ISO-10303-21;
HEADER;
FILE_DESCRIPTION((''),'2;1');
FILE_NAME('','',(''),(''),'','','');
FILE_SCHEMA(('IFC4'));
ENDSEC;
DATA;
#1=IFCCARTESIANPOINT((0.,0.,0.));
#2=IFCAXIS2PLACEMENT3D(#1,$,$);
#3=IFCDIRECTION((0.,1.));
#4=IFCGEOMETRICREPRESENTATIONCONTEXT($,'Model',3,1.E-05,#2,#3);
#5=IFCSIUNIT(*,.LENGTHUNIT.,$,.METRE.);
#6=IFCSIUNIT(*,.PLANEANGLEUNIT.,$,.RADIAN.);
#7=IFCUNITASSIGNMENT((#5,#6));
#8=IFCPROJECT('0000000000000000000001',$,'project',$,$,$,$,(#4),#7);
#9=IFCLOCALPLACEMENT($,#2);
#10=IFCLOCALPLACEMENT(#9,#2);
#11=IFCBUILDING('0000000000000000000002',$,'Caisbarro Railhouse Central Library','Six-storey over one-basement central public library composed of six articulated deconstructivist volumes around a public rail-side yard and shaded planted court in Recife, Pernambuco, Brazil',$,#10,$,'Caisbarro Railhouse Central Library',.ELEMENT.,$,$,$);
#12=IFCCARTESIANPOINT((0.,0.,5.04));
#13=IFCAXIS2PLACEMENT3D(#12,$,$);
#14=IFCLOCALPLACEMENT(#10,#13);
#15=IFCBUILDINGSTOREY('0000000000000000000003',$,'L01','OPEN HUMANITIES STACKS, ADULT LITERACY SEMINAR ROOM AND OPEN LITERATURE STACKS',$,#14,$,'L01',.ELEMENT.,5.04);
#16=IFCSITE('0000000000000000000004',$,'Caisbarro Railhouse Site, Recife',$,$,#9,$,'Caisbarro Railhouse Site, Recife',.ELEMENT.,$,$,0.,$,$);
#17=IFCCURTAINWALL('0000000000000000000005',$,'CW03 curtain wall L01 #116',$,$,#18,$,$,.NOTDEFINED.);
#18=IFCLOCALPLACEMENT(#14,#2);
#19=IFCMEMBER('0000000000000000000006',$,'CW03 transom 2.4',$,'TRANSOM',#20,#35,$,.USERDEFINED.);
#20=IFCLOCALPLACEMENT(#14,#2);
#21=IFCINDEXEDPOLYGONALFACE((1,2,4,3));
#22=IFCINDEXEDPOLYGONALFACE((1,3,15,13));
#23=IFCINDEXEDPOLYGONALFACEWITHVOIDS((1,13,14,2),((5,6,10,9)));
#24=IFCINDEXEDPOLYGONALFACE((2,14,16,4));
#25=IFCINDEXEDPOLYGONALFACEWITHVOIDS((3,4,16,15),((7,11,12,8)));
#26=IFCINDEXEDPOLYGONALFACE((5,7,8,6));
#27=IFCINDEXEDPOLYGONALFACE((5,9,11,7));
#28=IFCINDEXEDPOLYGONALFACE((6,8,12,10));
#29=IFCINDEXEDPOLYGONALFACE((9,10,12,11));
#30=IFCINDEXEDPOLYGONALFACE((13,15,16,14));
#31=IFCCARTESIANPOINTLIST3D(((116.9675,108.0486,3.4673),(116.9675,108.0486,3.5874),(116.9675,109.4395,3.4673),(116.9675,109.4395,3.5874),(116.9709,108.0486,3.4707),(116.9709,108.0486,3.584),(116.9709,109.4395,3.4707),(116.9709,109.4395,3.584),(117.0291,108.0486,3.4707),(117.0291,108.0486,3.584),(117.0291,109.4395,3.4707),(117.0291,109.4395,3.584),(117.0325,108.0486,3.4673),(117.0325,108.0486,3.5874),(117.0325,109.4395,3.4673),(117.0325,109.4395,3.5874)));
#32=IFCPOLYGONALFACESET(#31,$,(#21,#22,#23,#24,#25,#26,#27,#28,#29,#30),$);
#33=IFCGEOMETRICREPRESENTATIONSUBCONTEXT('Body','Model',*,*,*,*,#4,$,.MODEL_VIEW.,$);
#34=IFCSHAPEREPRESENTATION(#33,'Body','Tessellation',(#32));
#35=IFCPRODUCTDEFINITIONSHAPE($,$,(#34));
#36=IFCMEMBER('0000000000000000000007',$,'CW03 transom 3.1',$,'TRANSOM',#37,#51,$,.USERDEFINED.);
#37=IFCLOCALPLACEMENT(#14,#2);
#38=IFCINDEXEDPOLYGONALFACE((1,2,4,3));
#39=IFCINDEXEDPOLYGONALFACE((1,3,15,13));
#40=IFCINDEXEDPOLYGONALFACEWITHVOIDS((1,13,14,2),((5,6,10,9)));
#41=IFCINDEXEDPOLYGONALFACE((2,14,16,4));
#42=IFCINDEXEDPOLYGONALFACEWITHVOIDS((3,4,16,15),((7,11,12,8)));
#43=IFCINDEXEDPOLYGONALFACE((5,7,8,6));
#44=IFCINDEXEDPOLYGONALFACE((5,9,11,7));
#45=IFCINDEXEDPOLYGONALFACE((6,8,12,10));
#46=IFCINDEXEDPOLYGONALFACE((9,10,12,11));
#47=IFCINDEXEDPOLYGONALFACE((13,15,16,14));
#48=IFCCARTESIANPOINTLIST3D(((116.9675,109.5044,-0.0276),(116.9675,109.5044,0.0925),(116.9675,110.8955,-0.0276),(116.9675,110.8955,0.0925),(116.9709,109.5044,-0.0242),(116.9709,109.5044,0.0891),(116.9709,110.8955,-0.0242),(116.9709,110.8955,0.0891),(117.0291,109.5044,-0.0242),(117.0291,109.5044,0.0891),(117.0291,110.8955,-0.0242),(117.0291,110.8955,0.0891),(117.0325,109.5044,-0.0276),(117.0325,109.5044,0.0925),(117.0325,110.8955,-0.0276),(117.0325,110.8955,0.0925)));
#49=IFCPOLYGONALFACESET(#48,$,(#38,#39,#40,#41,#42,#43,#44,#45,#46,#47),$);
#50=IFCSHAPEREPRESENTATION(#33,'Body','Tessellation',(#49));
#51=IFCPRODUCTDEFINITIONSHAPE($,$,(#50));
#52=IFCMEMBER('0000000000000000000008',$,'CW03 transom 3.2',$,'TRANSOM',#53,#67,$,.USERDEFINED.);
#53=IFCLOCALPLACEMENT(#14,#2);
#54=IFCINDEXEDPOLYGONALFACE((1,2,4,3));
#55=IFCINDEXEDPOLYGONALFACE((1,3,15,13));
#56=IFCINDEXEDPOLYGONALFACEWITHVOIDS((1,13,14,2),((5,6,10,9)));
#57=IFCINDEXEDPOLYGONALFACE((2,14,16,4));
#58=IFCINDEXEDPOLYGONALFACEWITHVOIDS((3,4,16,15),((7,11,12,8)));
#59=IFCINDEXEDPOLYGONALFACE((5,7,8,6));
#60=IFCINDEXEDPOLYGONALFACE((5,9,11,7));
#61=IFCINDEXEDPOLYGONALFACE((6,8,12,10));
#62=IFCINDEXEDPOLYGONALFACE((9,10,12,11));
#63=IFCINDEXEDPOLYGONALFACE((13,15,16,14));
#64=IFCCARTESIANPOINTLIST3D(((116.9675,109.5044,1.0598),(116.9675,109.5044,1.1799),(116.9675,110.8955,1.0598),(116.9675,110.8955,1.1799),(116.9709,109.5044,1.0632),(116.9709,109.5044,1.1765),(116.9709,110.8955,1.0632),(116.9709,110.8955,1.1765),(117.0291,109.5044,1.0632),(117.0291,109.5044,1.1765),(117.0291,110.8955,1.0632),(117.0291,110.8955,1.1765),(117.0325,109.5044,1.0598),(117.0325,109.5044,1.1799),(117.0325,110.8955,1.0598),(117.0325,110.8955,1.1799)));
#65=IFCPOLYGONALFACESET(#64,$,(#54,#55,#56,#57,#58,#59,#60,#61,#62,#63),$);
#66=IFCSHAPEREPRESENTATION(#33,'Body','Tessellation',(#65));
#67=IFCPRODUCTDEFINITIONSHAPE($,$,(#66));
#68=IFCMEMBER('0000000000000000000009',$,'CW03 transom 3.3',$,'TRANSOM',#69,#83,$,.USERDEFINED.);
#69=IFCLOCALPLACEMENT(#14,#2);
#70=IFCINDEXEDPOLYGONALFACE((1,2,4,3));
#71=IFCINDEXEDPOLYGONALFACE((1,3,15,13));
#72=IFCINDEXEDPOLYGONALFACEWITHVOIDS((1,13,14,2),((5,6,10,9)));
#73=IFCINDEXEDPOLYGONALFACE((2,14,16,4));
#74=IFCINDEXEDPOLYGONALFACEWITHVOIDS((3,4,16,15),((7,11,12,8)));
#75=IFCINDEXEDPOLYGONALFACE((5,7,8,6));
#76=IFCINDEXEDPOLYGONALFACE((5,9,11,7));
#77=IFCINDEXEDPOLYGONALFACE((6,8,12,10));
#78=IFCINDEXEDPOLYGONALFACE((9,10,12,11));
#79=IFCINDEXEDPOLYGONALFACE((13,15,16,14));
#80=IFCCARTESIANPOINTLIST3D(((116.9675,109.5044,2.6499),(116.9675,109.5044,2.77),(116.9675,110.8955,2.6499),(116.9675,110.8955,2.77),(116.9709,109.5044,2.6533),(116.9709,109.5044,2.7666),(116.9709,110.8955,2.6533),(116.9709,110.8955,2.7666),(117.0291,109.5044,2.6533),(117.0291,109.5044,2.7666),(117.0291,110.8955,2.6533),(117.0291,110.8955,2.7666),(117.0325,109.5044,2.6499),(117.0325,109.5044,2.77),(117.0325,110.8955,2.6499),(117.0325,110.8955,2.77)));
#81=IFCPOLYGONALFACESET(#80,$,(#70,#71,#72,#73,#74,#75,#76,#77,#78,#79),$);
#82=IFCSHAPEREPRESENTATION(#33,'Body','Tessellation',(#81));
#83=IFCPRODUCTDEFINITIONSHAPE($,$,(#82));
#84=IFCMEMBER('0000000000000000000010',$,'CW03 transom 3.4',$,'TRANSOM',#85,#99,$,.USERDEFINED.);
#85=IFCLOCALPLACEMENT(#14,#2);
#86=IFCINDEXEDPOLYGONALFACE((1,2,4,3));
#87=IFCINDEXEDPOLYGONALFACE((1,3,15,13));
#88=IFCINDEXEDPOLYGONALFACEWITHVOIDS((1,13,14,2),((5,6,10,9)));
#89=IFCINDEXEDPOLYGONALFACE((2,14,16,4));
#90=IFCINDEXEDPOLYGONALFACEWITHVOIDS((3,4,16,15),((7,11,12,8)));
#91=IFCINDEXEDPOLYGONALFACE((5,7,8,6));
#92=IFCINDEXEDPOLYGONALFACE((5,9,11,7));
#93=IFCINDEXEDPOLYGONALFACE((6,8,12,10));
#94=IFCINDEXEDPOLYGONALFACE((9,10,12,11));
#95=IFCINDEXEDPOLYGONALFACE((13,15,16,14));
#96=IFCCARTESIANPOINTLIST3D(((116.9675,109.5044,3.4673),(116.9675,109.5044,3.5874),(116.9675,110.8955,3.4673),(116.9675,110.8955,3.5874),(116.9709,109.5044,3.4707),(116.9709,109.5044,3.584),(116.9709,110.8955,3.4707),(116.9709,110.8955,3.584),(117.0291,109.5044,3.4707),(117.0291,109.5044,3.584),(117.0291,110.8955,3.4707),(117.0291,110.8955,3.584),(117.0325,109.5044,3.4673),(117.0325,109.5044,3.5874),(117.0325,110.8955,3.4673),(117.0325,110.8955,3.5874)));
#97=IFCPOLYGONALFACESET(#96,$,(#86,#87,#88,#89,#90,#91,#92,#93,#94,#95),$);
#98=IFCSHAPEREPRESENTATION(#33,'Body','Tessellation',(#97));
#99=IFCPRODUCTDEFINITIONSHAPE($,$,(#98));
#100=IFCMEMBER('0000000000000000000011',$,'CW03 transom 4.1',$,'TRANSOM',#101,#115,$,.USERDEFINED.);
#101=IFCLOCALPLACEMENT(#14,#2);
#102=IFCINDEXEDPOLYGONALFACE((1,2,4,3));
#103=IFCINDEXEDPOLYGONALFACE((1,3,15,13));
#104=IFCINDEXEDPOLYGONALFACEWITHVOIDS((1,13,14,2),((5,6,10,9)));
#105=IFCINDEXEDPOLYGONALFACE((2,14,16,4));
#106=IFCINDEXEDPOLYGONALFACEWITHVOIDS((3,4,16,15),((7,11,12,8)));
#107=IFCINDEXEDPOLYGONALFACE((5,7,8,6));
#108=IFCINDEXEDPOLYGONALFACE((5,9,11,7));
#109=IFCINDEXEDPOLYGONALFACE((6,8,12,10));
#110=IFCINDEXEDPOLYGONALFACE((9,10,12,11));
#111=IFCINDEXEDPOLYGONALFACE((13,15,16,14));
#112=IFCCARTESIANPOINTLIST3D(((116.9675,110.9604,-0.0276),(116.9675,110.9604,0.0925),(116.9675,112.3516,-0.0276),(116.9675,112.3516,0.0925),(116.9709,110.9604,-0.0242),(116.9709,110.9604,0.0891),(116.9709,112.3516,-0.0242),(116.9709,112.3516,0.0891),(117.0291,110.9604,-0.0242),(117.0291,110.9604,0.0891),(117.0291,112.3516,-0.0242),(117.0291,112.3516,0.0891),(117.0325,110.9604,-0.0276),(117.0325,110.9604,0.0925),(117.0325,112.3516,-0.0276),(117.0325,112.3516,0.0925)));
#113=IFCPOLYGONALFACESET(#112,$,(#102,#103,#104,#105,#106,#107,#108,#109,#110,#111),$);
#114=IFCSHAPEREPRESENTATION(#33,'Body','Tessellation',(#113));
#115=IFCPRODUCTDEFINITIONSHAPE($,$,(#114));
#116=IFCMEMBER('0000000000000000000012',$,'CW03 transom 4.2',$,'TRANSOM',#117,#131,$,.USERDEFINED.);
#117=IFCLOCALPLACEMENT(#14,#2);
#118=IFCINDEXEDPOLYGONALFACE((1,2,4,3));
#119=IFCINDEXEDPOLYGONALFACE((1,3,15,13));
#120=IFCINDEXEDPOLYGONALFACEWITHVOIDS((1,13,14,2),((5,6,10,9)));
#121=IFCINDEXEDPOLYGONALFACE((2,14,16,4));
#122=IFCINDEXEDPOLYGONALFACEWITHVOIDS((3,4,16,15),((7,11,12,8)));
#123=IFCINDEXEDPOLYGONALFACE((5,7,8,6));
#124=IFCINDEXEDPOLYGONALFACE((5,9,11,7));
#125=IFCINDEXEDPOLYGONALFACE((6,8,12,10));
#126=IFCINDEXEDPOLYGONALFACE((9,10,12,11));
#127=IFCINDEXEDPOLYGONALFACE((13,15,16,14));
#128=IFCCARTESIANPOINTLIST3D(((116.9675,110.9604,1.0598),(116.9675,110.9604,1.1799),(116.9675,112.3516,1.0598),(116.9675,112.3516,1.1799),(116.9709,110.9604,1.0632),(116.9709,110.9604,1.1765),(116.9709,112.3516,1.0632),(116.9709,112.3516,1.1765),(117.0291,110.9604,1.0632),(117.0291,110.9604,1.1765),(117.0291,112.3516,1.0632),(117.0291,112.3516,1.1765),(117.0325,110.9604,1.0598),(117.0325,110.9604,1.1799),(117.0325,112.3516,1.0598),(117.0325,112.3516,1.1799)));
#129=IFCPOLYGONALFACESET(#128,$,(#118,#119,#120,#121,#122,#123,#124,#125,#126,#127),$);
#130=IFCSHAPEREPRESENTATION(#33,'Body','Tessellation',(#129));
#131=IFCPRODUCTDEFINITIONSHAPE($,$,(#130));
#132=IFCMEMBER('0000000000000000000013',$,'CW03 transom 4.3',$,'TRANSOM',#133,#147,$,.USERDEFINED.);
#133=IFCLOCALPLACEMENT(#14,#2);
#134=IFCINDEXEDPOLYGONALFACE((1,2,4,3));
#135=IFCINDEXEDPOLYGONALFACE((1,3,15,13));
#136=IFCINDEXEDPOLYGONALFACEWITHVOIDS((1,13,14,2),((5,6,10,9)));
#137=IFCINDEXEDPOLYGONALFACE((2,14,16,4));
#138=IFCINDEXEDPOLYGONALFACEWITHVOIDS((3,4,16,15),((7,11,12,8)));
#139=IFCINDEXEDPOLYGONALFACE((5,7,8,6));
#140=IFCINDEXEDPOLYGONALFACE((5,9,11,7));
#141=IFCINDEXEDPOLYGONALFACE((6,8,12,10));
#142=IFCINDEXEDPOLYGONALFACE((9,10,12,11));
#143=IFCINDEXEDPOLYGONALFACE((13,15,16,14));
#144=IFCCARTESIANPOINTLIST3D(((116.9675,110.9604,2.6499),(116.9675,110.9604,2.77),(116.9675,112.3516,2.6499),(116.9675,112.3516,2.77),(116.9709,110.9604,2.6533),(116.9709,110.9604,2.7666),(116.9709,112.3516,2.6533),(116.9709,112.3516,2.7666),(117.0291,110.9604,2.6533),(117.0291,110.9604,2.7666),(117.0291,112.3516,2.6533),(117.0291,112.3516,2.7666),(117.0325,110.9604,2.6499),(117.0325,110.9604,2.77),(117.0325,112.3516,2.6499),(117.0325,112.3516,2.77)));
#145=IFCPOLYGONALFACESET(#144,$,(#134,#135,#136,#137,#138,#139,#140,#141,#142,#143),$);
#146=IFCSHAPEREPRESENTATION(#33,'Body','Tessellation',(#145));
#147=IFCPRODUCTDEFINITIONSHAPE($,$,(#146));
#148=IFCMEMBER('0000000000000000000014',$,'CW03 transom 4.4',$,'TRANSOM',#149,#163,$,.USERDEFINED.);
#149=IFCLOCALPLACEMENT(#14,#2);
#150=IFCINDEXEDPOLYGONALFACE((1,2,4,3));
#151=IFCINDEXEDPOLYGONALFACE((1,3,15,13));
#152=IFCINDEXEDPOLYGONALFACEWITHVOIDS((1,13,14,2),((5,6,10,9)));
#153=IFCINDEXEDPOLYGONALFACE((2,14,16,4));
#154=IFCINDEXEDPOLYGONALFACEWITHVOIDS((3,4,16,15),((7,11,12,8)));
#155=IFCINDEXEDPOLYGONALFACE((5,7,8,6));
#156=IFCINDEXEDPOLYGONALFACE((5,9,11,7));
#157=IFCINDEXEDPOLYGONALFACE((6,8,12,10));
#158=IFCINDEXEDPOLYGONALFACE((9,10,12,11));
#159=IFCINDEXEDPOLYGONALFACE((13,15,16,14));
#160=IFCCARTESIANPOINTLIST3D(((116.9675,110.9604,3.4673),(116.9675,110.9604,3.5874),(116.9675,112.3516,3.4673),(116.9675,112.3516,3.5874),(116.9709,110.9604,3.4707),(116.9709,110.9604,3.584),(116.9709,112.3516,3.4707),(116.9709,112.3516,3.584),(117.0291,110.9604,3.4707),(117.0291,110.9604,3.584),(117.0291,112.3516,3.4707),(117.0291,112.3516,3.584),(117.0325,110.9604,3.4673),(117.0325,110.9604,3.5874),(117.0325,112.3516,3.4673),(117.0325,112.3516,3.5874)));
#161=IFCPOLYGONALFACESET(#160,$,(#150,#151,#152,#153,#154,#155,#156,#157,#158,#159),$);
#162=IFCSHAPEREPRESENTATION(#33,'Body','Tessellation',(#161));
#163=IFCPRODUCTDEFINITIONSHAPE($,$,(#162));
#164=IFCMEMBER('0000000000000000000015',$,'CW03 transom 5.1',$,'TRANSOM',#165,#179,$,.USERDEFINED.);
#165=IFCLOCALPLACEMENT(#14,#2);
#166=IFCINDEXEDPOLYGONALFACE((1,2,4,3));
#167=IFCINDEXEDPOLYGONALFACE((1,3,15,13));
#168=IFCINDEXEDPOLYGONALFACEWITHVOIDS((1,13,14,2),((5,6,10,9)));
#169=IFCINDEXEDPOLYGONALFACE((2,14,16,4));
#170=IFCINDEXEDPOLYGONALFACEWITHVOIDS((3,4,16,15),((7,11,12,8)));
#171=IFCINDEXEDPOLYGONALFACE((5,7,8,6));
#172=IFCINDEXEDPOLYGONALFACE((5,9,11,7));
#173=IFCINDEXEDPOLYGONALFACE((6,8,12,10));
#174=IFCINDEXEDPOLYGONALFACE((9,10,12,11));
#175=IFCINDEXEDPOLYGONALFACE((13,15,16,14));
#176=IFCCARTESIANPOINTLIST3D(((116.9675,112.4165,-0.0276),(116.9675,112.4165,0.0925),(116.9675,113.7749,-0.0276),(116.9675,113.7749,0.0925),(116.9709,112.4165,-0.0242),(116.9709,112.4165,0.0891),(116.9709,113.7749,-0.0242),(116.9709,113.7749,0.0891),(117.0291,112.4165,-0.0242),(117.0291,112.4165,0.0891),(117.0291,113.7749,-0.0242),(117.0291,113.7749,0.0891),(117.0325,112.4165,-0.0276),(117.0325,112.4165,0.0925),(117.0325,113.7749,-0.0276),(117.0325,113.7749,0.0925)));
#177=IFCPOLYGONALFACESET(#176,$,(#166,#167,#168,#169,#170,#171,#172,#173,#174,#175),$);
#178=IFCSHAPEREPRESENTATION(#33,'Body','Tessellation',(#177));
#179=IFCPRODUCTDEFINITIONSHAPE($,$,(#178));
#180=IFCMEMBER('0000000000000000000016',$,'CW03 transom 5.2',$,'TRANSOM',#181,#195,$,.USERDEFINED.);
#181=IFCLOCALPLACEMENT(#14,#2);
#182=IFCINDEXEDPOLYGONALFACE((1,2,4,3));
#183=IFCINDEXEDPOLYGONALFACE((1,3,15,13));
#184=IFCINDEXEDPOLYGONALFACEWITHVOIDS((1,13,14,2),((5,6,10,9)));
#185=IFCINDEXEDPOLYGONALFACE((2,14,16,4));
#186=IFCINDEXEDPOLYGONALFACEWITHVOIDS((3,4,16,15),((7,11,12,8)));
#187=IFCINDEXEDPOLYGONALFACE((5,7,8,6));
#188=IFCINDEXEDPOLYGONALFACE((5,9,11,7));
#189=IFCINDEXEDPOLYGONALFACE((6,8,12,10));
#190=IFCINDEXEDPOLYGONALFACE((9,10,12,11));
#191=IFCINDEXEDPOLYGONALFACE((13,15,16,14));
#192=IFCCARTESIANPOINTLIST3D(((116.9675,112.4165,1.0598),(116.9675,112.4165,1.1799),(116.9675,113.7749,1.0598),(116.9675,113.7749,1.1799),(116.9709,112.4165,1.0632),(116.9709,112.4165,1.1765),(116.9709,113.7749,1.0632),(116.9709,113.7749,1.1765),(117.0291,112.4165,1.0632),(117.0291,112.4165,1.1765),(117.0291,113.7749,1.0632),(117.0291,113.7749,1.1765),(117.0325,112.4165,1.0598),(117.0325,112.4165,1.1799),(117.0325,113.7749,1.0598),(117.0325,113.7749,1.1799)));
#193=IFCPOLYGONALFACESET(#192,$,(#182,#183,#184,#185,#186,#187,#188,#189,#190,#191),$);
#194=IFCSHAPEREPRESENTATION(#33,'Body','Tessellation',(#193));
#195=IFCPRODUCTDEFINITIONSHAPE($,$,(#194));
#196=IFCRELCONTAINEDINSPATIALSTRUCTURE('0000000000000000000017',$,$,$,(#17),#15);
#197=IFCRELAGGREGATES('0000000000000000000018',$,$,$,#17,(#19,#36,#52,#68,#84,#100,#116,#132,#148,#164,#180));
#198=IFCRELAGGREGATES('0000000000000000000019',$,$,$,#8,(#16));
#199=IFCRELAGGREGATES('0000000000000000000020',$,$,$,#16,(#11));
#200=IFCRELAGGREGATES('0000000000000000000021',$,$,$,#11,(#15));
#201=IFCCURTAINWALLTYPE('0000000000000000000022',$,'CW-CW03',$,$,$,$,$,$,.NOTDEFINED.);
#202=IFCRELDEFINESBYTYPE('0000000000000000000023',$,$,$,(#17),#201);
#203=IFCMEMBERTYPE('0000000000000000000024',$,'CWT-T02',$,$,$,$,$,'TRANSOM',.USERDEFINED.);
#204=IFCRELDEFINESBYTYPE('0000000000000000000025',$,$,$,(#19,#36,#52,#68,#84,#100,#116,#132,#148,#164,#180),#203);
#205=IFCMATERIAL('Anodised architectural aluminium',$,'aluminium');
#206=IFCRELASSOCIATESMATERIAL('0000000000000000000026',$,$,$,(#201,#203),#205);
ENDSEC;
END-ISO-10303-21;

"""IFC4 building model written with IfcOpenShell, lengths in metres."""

from ifc_helpers import new_model, si_unit, direction, frame, origin, origin_2d, place, context, subcontext, project, spatial, hollow_rectangle, extrude, material, material_profile, profile_set, type_object, element, aggregate, save


model = new_model("IFC4")

# Units and contexts
model_context = context("Model", 3, precision=1e-05, world=origin(), true_north=direction((0.0, 1.0)))
body_context = subcontext(model_context, "Body", "Model", "MODEL_VIEW")
ifc_project = project(units=[si_unit("LENGTHUNIT", "METRE"), si_unit("PLANEANGLEUNIT", "RADIAN")], contexts=[model_context])

# Site, building, storey
site_placement = place(None, origin())
site = spatial("IfcSite", under=ifc_project, at=site_placement, Name="Caisbarro Railhouse Site, Recife", LongName="Caisbarro Railhouse Site, Recife", CompositionType="ELEMENT", RefElevation=0.0)
building_placement = place(site_placement, origin())
building = spatial("IfcBuilding", under=site, at=building_placement, Name="Caisbarro Railhouse Central Library", Description="Six-storey over one-basement central public library composed of six articulated deconstructivist volumes around a public rail-side yard and shaded planted court in Recife, Pernambuco, Brazil", LongName="Caisbarro Railhouse Central Library", CompositionType="ELEMENT")
storey_placement = place(building_placement, frame((0.0, 0.0, 5.04)))
storey = spatial("IfcBuildingStorey", under=building, at=storey_placement, Name="L01", Description="OPEN HUMANITIES STACKS, ADULT LITERACY SEMINAR ROOM AND OPEN LITERATURE STACKS", LongName="L01", CompositionType="ELEMENT", Elevation=5.04)

# Curtain wall, members
ifc_material_1 = material(Name="Anodised architectural aluminium", Category="aluminium")
curtain_wall_type = type_object("IfcCurtainWallType", Name="CW-CW03", PredefinedType="NOTDEFINED", material=ifc_material_1)
curtain_wall_placement = place(storey_placement, origin())
curtain_wall = element("IfcCurtainWall", 1, at=curtain_wall_placement, inside=storey, type_object=curtain_wall_type, Name="CW03 curtain wall L01 #116", PredefinedType="NOTDEFINED")
ifc_material_profile_1 = material_profile(ifc_material_1, hollow_rectangle(XDim=0.0649, YDim=0.1201, WallThickness=0.0034, at=origin_2d()), Name="ALU-TRN-65X120")
ifc_profile_set_1 = profile_set([ifc_material_profile_1], Name="Anodised architectural aluminium")
member_type_1 = type_object("IfcMemberType", Name="CWT-T02", ElementType="TRANSOM", PredefinedType="USERDEFINED", material=ifc_profile_set_1)
member_1_placement = place(storey_placement, frame((117.0, 108.0486, 3.5273), z_axis=(0.0, 1.0, 0.0), x_axis=(-1.0, 0.0, 0.0)))
member_1 = element("IfcMember", 2, at=member_1_placement, type_object=member_type_1, Name="CW03 transom 2.4", ObjectType="TRANSOM", PredefinedType="USERDEFINED", context=body_context, shape_type="SweptSolid", body=[
    extrude(hollow_rectangle(XDim=0.0649, YDim=0.1201, WallThickness=0.0034, at=origin_2d()), origin(), (0.0, 0.0, 1.0), 1.3909),
])
member_2_placement = place(storey_placement, frame((117.0, 109.5044, 0.0325), z_axis=(0.0, 1.0, 0.0), x_axis=(-1.0, 0.0, 0.0)))
member_2 = element("IfcMember", 3, at=member_2_placement, type_object=member_type_1, Name="CW03 transom 3.1", ObjectType="TRANSOM", PredefinedType="USERDEFINED", context=body_context, shape_type="SweptSolid", body=[
    extrude(hollow_rectangle(XDim=0.0649, YDim=0.1201, WallThickness=0.0034, at=origin_2d()), origin(), (0.0, 0.0, 1.0), 1.3911),
])
member_3_placement = place(storey_placement, frame((117.0, 109.5044, 1.1199), z_axis=(0.0, 1.0, 0.0), x_axis=(-1.0, 0.0, 0.0)))
member_3 = element("IfcMember", 4, at=member_3_placement, type_object=member_type_1, Name="CW03 transom 3.2", ObjectType="TRANSOM", PredefinedType="USERDEFINED", context=body_context, shape_type="SweptSolid", body=[
    extrude(hollow_rectangle(XDim=0.0649, YDim=0.1201, WallThickness=0.0034, at=origin_2d()), origin(), (0.0, 0.0, 1.0), 1.3911),
])
member_4_placement = place(storey_placement, frame((117.0, 109.5044, 2.71), z_axis=(0.0, 1.0, 0.0), x_axis=(-1.0, 0.0, 0.0)))
member_4 = element("IfcMember", 5, at=member_4_placement, type_object=member_type_1, Name="CW03 transom 3.3", ObjectType="TRANSOM", PredefinedType="USERDEFINED", context=body_context, shape_type="SweptSolid", body=[
    extrude(hollow_rectangle(XDim=0.0649, YDim=0.1201, WallThickness=0.0034, at=origin_2d()), origin(), (0.0, 0.0, 1.0), 1.3911),
])
member_5_placement = place(storey_placement, frame((117.0, 109.5044, 3.5273), z_axis=(0.0, 1.0, 0.0), x_axis=(-1.0, 0.0, 0.0)))
member_5 = element("IfcMember", 6, at=member_5_placement, type_object=member_type_1, Name="CW03 transom 3.4", ObjectType="TRANSOM", PredefinedType="USERDEFINED", context=body_context, shape_type="SweptSolid", body=[
    extrude(hollow_rectangle(XDim=0.0649, YDim=0.1201, WallThickness=0.0034, at=origin_2d()), origin(), (0.0, 0.0, 1.0), 1.3911),
])
member_6_placement = place(storey_placement, frame((117.0, 110.9604, 0.0325), z_axis=(0.0, 1.0, 0.0), x_axis=(-1.0, 0.0, 0.0)))
member_6 = element("IfcMember", 7, at=member_6_placement, type_object=member_type_1, Name="CW03 transom 4.1", ObjectType="TRANSOM", PredefinedType="USERDEFINED", context=body_context, shape_type="SweptSolid", body=[
    extrude(hollow_rectangle(XDim=0.0649, YDim=0.1201, WallThickness=0.0034, at=origin_2d()), origin(), (0.0, 0.0, 1.0), 1.3911),
])
member_7_placement = place(storey_placement, frame((117.0, 110.9604, 1.1199), z_axis=(0.0, 1.0, 0.0), x_axis=(-1.0, 0.0, 0.0)))
member_7 = element("IfcMember", 8, at=member_7_placement, type_object=member_type_1, Name="CW03 transom 4.2", ObjectType="TRANSOM", PredefinedType="USERDEFINED", context=body_context, shape_type="SweptSolid", body=[
    extrude(hollow_rectangle(XDim=0.0649, YDim=0.1201, WallThickness=0.0034, at=origin_2d()), origin(), (0.0, 0.0, 1.0), 1.3911),
])
member_8_placement = place(storey_placement, frame((117.0, 110.9604, 2.71), z_axis=(0.0, 1.0, 0.0), x_axis=(-1.0, 0.0, 0.0)))
member_8 = element("IfcMember", 9, at=member_8_placement, type_object=member_type_1, Name="CW03 transom 4.3", ObjectType="TRANSOM", PredefinedType="USERDEFINED", context=body_context, shape_type="SweptSolid", body=[
    extrude(hollow_rectangle(XDim=0.0649, YDim=0.1201, WallThickness=0.0034, at=origin_2d()), origin(), (0.0, 0.0, 1.0), 1.3911),
])
member_9_placement = place(storey_placement, frame((117.0, 110.9604, 3.5273), z_axis=(0.0, 1.0, 0.0), x_axis=(-1.0, 0.0, 0.0)))
member_9 = element("IfcMember", 10, at=member_9_placement, type_object=member_type_1, Name="CW03 transom 4.4", ObjectType="TRANSOM", PredefinedType="USERDEFINED", context=body_context, shape_type="SweptSolid", body=[
    extrude(hollow_rectangle(XDim=0.0649, YDim=0.1201, WallThickness=0.0034, at=origin_2d()), origin(), (0.0, 0.0, 1.0), 1.3911),
])
member_10_placement = place(storey_placement, frame((117.0, 112.4165, 0.0325), z_axis=(0.0, 1.0, 0.0), x_axis=(-1.0, 0.0, 0.0)))
member_10 = element("IfcMember", 11, at=member_10_placement, type_object=member_type_1, Name="CW03 transom 5.1", ObjectType="TRANSOM", PredefinedType="USERDEFINED", context=body_context, shape_type="SweptSolid", body=[
    extrude(hollow_rectangle(XDim=0.0649, YDim=0.1201, WallThickness=0.0034, at=origin_2d()), origin(), (0.0, 0.0, 1.0), 1.3584),
])
member_11_placement = place(storey_placement, frame((117.0, 112.4165, 1.1199), z_axis=(0.0, 1.0, 0.0), x_axis=(-1.0, 0.0, 0.0)))
member_11 = element("IfcMember", 12, at=member_11_placement, type_object=member_type_1, Name="CW03 transom 5.2", ObjectType="TRANSOM", PredefinedType="USERDEFINED", context=body_context, shape_type="SweptSolid", body=[
    extrude(hollow_rectangle(XDim=0.0649, YDim=0.1201, WallThickness=0.0034, at=origin_2d()), origin(), (0.0, 0.0, 1.0), 1.3584),
])
aggregate(curtain_wall, [member_1, member_2, member_3, member_4, member_5, member_6, member_7, member_8, member_9, member_10, member_11])

save(model, "model.ifc")
